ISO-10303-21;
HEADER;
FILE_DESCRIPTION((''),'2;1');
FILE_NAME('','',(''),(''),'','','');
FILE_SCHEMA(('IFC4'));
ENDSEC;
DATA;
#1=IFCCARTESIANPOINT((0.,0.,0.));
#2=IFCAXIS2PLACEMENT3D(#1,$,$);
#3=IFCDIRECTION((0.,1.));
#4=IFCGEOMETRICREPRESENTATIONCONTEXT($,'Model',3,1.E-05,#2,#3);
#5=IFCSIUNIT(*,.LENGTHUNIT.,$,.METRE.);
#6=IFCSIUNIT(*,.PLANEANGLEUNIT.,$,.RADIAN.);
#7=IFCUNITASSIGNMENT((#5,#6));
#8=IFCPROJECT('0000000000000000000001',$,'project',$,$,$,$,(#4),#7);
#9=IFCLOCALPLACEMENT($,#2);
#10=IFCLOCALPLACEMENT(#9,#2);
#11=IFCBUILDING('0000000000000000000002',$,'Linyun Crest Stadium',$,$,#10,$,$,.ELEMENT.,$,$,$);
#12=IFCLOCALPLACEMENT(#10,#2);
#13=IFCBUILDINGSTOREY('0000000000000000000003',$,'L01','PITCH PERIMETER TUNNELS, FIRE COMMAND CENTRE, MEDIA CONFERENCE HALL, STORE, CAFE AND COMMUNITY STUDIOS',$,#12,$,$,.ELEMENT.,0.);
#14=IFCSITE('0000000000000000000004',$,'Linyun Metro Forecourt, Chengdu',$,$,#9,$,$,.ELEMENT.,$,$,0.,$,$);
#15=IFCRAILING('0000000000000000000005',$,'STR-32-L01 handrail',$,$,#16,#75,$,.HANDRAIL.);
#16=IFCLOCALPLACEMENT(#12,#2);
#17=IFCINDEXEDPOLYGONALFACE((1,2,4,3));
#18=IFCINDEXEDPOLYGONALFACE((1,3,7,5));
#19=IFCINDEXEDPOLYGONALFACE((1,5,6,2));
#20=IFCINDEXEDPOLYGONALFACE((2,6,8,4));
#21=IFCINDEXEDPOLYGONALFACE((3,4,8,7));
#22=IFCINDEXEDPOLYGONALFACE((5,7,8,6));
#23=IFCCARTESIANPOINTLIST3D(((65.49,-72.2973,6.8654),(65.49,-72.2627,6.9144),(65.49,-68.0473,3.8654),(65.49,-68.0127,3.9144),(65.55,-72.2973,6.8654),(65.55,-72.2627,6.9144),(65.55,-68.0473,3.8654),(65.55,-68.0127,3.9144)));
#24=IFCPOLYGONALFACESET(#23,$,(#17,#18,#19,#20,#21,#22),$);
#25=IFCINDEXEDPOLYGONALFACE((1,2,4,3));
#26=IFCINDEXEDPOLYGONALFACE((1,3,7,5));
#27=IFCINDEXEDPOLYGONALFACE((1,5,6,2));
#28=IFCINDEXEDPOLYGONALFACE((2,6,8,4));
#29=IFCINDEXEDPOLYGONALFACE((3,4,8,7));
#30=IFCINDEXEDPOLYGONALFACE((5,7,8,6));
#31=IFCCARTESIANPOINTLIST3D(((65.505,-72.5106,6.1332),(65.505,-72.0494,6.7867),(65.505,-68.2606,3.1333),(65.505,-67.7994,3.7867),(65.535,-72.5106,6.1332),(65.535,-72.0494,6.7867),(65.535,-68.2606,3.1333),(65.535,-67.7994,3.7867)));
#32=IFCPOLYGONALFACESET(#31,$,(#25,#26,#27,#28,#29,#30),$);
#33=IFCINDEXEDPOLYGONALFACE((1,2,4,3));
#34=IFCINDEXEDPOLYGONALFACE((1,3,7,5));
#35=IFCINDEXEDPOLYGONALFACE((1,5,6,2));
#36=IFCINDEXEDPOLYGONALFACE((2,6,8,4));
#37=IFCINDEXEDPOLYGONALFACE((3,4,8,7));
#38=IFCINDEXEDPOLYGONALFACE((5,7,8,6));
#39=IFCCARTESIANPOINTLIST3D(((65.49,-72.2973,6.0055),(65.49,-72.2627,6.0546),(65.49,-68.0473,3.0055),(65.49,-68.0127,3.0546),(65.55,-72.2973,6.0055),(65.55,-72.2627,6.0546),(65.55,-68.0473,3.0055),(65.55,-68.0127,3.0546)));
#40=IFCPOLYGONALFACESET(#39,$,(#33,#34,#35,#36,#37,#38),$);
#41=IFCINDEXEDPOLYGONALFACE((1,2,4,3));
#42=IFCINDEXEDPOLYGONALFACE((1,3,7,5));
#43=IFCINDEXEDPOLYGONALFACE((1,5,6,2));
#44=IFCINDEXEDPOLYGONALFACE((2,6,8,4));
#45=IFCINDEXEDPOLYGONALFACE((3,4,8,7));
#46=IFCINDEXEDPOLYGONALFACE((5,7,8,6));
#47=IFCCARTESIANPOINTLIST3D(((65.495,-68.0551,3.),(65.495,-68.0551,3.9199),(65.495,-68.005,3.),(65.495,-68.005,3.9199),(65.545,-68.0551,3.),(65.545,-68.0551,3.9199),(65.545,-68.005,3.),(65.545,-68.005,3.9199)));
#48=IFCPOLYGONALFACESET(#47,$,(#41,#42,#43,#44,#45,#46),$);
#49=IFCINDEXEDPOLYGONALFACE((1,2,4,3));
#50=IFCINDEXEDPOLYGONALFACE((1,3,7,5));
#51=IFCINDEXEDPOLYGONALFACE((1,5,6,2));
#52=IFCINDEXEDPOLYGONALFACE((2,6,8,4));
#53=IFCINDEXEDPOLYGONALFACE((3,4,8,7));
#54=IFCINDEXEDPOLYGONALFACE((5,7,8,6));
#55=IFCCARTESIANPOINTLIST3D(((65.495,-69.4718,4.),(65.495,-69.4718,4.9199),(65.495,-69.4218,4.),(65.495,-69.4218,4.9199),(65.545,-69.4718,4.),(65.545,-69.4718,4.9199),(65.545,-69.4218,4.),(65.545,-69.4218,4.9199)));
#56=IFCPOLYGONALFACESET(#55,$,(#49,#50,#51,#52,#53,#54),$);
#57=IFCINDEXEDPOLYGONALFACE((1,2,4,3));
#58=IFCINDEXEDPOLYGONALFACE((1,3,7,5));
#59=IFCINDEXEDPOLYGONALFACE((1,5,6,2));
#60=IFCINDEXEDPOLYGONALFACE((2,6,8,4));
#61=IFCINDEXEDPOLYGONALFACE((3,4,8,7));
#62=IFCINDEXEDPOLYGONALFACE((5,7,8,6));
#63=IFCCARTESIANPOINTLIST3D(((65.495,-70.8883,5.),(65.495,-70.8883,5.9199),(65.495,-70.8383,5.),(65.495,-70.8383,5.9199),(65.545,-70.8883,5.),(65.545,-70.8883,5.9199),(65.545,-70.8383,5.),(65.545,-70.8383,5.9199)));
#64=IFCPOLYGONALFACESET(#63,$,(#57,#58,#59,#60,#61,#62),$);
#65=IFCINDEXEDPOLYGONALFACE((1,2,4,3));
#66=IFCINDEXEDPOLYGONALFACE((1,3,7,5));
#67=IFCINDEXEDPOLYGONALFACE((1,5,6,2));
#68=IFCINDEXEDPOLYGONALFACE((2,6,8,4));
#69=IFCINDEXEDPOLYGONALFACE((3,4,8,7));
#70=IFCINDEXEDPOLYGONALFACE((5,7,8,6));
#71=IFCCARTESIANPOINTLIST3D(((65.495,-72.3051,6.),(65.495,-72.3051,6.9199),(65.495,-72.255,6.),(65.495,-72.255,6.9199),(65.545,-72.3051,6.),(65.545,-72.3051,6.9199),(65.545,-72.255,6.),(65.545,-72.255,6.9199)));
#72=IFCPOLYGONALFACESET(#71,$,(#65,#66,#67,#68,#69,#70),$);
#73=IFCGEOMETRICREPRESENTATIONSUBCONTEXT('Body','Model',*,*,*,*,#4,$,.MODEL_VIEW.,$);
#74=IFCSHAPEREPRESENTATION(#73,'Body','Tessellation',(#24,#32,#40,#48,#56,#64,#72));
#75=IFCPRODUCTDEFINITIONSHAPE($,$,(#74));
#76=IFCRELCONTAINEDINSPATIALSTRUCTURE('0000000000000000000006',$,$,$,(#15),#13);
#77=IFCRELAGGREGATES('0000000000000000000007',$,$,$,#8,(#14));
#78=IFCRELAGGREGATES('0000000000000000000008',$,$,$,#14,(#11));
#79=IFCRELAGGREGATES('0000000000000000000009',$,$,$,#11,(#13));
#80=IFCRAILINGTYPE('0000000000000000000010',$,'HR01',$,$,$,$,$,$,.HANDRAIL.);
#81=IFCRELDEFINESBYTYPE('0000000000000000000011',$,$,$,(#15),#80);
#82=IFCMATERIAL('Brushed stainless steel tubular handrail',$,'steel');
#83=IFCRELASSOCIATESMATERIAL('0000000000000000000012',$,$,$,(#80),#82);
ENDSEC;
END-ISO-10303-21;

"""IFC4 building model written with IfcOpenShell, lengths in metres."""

from ifc_helpers import new_model, si_unit, direction, frame, origin, origin_2d, place, context, subcontext, project, spatial, rectangle, extrude, material, type_object, element, save


model = new_model("IFC4")

# Units and contexts
model_context = context("Model", 3, precision=1e-05, world=origin(), true_north=direction((0.0, 1.0)))
body_context = subcontext(model_context, "Body", "Model", "MODEL_VIEW")
ifc_project = project(units=[si_unit("LENGTHUNIT", "METRE"), si_unit("PLANEANGLEUNIT", "RADIAN")], contexts=[model_context])

# Site, building, storey
site_placement = place(None, origin())
site = spatial("IfcSite", under=ifc_project, at=site_placement, Name="Linyun Metro Forecourt, Chengdu", CompositionType="ELEMENT", RefElevation=0.0)
building_placement = place(site_placement, origin())
building = spatial("IfcBuilding", under=site, at=building_placement, Name="Linyun Crest Stadium", CompositionType="ELEMENT")
storey_placement = place(building_placement, origin())
storey = spatial("IfcBuildingStorey", under=building, at=storey_placement, Name="L01", Description="PITCH PERIMETER TUNNELS, FIRE COMMAND CENTRE, MEDIA CONFERENCE HALL, STORE, CAFE AND COMMUNITY STUDIOS", CompositionType="ELEMENT", Elevation=0.0)

# Railing
ifc_material_1 = material(Name="Brushed stainless steel tubular handrail", Category="steel")
railing_type_1 = type_object("IfcRailingType", Name="HR01", PredefinedType="HANDRAIL", material=ifc_material_1)
railing_1_placement = place(storey_placement, frame((65.52, -68.03, 3.0)))
element("IfcRailing", 1, at=railing_1_placement, inside=storey, type_object=railing_type_1, Name="STR-32-L01 handrail", PredefinedType="HANDRAIL", context=body_context, shape_type="SweptSolid", body=[
    extrude(rectangle(XDim=0.0601, YDim=0.0601, at=origin_2d()), frame((0.0, 0.0, 0.8899), z_axis=(0.0, -0.816968, 0.576683), x_axis=(1.0, 0.0, 0.0)), (0.0, 0.0, 1.0), 5.2021),
    extrude(rectangle(XDim=0.03, YDim=0.7998, at=origin_2d()), frame((0.0, 0.0, 0.46), z_axis=(0.0, -0.816968, 0.576683), x_axis=(1.0, 0.0, 0.0)), (0.0, 0.0, 1.0), 5.2021),
    extrude(rectangle(XDim=0.0601, YDim=0.0601, at=origin_2d()), frame((0.0, 0.0, 0.03), z_axis=(0.0, -0.816968, 0.576683), x_axis=(1.0, 0.0, 0.0)), (0.0, 0.0, 1.0), 5.2021),
    extrude(rectangle(XDim=0.05, YDim=0.05, at=origin_2d()), origin(), (0.0, 0.0, 1.0), 0.9199),
    extrude(rectangle(XDim=0.05, YDim=0.05, at=origin_2d()), frame((0.0, -1.4167, 1.0)), (0.0, 0.0, 1.0), 0.9199),
    extrude(rectangle(XDim=0.05, YDim=0.05, at=origin_2d()), frame((0.0, -2.8333, 2.0)), (0.0, 0.0, 1.0), 0.9199),
    extrude(rectangle(XDim=0.05, YDim=0.05, at=origin_2d()), frame((0.0, -4.25, 3.0)), (0.0, 0.0, 1.0), 0.9199),
])

save(model, "model.ifc")
